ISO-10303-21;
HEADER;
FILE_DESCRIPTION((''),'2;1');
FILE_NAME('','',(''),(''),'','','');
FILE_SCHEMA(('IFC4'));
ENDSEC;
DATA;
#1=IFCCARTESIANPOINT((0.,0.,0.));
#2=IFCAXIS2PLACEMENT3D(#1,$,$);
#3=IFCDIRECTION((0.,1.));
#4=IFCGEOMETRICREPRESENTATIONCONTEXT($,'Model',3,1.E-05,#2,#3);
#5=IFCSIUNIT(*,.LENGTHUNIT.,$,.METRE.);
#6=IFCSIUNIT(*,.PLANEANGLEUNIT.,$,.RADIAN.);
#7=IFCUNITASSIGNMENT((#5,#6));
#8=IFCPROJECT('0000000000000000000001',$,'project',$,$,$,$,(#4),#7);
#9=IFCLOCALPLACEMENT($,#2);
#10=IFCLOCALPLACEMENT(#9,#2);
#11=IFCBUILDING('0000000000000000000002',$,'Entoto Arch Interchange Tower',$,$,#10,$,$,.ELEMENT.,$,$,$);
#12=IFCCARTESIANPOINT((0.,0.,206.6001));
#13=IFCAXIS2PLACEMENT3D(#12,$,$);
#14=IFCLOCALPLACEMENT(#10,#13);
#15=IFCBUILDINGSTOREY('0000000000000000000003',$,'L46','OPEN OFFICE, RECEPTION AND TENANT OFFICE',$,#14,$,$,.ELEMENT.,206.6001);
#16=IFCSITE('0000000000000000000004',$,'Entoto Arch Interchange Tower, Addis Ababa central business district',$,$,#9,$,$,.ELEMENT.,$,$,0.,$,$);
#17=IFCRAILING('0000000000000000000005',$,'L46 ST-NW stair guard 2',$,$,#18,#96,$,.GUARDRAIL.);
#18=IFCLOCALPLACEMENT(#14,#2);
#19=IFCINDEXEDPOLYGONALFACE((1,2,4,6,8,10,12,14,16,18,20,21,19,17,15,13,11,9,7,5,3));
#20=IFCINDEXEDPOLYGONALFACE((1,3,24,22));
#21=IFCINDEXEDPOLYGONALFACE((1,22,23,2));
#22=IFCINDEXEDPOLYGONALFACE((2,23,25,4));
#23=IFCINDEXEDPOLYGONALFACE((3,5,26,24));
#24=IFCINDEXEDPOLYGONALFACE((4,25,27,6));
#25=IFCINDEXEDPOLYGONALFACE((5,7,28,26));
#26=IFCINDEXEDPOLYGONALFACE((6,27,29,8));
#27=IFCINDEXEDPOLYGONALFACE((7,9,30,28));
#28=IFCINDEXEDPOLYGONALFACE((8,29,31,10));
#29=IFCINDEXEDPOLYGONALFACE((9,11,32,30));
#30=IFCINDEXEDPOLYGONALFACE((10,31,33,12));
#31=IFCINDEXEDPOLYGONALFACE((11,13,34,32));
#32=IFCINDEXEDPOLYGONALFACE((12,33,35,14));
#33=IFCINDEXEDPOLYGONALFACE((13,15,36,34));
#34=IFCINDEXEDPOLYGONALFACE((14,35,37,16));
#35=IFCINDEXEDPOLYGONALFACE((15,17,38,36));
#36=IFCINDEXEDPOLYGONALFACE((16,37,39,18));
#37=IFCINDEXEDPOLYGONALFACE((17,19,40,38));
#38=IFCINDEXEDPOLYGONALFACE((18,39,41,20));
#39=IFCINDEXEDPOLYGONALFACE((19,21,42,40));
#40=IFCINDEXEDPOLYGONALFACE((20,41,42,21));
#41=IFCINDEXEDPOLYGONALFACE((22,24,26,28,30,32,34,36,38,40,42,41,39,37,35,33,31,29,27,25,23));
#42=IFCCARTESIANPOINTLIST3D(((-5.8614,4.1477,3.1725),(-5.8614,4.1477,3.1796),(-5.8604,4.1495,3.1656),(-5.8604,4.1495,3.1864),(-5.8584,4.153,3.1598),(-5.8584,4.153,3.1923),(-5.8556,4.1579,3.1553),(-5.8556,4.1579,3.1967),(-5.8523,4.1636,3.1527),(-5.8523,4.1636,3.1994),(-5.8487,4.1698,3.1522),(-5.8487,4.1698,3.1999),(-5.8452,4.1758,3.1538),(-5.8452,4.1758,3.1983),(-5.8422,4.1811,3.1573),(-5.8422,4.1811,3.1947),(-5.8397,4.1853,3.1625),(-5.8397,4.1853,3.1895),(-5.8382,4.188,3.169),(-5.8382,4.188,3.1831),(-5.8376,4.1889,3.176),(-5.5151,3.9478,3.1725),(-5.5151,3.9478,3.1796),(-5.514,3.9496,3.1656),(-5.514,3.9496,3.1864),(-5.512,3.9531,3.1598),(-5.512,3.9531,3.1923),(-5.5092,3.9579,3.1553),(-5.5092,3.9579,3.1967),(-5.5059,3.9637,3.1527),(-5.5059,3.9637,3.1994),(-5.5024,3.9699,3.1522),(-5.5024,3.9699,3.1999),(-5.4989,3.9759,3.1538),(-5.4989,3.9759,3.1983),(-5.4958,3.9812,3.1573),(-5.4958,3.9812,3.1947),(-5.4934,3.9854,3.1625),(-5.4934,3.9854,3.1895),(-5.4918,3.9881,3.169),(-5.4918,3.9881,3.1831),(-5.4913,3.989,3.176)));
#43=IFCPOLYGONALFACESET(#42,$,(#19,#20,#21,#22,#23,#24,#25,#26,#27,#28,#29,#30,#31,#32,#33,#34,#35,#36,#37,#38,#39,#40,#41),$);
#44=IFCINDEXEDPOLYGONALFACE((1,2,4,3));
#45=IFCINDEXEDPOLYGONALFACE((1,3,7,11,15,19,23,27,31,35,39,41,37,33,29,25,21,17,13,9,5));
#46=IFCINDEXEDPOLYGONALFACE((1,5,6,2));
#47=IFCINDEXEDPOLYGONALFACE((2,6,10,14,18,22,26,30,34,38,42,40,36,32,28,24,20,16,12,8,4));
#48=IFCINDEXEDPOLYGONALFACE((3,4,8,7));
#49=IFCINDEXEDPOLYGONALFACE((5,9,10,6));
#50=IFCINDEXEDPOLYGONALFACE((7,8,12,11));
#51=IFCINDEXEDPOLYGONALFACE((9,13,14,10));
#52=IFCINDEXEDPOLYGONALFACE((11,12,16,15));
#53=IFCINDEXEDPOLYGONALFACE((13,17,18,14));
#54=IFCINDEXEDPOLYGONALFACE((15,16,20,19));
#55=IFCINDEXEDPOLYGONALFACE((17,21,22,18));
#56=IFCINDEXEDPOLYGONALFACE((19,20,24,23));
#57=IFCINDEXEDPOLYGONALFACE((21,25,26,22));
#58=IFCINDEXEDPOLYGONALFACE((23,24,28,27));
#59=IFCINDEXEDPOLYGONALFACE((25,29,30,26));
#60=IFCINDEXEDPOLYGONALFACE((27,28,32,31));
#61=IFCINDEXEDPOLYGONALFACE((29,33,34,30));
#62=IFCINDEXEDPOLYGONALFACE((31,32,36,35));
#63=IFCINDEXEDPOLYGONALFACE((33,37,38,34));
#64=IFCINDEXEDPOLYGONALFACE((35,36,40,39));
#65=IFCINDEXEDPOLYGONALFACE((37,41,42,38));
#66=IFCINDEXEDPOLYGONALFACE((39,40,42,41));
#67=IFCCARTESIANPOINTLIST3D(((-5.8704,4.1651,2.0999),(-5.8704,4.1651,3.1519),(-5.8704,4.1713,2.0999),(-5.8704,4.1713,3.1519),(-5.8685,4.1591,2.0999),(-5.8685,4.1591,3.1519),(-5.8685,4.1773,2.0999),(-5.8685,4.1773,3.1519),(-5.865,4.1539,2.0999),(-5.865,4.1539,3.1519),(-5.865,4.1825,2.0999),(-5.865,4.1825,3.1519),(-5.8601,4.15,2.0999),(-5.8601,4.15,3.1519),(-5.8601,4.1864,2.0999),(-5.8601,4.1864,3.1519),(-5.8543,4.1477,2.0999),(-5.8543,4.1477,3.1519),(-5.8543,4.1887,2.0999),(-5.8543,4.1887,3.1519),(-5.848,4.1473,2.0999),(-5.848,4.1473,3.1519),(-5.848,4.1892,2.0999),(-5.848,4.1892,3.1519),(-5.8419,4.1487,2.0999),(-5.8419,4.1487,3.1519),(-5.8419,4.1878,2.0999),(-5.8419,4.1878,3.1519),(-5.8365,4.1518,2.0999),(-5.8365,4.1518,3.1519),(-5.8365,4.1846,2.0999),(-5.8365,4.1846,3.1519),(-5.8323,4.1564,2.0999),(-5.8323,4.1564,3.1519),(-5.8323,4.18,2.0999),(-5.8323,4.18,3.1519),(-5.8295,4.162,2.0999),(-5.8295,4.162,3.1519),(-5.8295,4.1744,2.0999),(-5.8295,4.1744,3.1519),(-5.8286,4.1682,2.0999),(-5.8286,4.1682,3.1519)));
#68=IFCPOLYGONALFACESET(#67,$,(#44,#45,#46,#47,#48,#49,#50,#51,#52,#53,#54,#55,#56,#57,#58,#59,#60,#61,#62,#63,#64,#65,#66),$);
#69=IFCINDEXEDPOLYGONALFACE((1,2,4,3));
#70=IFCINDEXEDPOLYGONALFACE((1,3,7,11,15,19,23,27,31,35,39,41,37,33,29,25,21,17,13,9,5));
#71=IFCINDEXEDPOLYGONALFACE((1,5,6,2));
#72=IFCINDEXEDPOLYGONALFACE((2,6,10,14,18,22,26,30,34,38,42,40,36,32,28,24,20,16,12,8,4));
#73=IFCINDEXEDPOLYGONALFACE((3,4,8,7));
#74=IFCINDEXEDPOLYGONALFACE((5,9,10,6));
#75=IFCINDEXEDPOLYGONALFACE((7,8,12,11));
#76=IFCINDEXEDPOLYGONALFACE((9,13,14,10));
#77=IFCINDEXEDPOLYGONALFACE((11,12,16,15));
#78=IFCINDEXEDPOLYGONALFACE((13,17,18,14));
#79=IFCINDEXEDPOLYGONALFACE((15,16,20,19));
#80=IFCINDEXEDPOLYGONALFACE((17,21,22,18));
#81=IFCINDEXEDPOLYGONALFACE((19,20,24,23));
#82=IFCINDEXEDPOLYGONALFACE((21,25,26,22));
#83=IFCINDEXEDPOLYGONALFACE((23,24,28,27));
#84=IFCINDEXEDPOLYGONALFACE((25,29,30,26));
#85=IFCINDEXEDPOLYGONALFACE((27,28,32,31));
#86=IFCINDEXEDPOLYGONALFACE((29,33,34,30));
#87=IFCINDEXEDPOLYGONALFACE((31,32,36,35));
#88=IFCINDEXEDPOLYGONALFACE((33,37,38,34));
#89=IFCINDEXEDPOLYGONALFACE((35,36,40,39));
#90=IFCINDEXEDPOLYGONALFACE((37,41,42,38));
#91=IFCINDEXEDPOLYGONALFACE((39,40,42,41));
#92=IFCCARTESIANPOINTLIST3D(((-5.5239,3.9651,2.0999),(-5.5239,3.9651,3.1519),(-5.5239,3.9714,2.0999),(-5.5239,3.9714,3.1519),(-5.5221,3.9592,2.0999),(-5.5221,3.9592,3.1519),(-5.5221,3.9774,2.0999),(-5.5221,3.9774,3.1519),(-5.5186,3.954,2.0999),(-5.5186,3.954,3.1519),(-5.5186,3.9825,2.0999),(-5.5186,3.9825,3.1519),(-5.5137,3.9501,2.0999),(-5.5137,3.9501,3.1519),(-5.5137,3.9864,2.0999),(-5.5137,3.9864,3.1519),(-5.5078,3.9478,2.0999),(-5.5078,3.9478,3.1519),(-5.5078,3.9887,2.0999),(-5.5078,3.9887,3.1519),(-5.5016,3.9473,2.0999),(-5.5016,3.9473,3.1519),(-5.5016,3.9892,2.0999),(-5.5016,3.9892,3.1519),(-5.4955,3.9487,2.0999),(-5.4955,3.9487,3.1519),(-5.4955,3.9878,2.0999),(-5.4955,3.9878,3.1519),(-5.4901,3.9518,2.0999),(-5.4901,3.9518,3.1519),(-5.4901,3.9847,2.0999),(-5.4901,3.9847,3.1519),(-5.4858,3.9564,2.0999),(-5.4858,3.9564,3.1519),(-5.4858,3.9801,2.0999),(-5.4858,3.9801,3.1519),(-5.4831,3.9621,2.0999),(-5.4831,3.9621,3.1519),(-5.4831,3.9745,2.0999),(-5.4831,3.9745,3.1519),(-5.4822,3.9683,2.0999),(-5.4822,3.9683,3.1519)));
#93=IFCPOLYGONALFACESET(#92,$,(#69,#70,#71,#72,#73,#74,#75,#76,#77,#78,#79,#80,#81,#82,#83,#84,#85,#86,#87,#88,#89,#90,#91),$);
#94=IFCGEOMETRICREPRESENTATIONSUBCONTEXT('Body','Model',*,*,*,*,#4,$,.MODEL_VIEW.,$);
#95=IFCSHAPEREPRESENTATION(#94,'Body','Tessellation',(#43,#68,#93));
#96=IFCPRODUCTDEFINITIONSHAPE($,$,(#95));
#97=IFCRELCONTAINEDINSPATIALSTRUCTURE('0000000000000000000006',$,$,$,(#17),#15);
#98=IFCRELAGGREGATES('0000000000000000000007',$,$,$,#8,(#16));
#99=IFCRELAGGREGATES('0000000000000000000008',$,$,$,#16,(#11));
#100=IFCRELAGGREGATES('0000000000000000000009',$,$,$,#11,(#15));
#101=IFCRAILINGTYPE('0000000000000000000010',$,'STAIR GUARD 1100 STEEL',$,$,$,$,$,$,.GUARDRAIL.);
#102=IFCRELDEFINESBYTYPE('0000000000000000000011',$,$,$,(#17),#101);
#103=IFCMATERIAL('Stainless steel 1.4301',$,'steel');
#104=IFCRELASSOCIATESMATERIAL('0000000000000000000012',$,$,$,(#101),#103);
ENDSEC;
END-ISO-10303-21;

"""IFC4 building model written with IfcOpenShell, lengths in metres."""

from ifc_helpers import new_model, si_unit, direction, frame, origin, origin_2d, place, context, subcontext, project, spatial, circle, extrude, material, type_object, element, save


model = new_model("IFC4")

# Units and contexts
model_context = context("Model", 3, precision=1e-05, world=origin(), true_north=direction((0.0, 1.0)))
body_context = subcontext(model_context, "Body", "Model", "MODEL_VIEW")
ifc_project = project(units=[si_unit("LENGTHUNIT", "METRE"), si_unit("PLANEANGLEUNIT", "RADIAN")], contexts=[model_context])

# Site, building, storey
site_placement = place(None, origin())
site = spatial("IfcSite", under=ifc_project, at=site_placement, Name="Entoto Arch Interchange Tower, Addis Ababa central business district", CompositionType="ELEMENT", RefElevation=0.0)
building_placement = place(site_placement, origin())
building = spatial("IfcBuilding", under=site, at=building_placement, Name="Entoto Arch Interchange Tower", CompositionType="ELEMENT")
storey_placement = place(building_placement, frame((0.0, 0.0, 206.6001)))
storey = spatial("IfcBuildingStorey", under=building, at=storey_placement, Name="L46", Description="OPEN OFFICE, RECEPTION AND TENANT OFFICE", CompositionType="ELEMENT", Elevation=206.6001)

# Railing
ifc_material_1 = material(Name="Stainless steel 1.4301", Category="steel")
railing_type = type_object("IfcRailingType", Name="STAIR GUARD 1100 STEEL", PredefinedType="GUARDRAIL", material=ifc_material_1)
railing_placement = place(storey_placement, frame((-5.8496, 4.1682, 2.0999)))
element("IfcRailing", 1, at=railing_placement, inside=storey, type_object=railing_type, Name="L46 ST-NW stair guard 2", PredefinedType="GUARDRAIL", context=body_context, shape_type="SweptSolid", body=[
    extrude(circle(Radius=0.0239, at=origin_2d()), frame((0.0, 0.0, 1.0762), z_axis=(0.866094, -0.499881, 0.0), x_axis=(0.499881, 0.866094, 0.0)), (0.0, 0.0, 1.0), 0.3999),
    extrude(circle(Radius=0.021, at=origin_2d()), origin(), (0.0, 0.0, 1.0), 1.052),
    extrude(circle(Radius=0.021, at=origin_2d()), frame((0.3464, -0.2, 0.0)), (0.0, 0.0, 1.0), 1.052),
])

save(model, "model.ifc")
